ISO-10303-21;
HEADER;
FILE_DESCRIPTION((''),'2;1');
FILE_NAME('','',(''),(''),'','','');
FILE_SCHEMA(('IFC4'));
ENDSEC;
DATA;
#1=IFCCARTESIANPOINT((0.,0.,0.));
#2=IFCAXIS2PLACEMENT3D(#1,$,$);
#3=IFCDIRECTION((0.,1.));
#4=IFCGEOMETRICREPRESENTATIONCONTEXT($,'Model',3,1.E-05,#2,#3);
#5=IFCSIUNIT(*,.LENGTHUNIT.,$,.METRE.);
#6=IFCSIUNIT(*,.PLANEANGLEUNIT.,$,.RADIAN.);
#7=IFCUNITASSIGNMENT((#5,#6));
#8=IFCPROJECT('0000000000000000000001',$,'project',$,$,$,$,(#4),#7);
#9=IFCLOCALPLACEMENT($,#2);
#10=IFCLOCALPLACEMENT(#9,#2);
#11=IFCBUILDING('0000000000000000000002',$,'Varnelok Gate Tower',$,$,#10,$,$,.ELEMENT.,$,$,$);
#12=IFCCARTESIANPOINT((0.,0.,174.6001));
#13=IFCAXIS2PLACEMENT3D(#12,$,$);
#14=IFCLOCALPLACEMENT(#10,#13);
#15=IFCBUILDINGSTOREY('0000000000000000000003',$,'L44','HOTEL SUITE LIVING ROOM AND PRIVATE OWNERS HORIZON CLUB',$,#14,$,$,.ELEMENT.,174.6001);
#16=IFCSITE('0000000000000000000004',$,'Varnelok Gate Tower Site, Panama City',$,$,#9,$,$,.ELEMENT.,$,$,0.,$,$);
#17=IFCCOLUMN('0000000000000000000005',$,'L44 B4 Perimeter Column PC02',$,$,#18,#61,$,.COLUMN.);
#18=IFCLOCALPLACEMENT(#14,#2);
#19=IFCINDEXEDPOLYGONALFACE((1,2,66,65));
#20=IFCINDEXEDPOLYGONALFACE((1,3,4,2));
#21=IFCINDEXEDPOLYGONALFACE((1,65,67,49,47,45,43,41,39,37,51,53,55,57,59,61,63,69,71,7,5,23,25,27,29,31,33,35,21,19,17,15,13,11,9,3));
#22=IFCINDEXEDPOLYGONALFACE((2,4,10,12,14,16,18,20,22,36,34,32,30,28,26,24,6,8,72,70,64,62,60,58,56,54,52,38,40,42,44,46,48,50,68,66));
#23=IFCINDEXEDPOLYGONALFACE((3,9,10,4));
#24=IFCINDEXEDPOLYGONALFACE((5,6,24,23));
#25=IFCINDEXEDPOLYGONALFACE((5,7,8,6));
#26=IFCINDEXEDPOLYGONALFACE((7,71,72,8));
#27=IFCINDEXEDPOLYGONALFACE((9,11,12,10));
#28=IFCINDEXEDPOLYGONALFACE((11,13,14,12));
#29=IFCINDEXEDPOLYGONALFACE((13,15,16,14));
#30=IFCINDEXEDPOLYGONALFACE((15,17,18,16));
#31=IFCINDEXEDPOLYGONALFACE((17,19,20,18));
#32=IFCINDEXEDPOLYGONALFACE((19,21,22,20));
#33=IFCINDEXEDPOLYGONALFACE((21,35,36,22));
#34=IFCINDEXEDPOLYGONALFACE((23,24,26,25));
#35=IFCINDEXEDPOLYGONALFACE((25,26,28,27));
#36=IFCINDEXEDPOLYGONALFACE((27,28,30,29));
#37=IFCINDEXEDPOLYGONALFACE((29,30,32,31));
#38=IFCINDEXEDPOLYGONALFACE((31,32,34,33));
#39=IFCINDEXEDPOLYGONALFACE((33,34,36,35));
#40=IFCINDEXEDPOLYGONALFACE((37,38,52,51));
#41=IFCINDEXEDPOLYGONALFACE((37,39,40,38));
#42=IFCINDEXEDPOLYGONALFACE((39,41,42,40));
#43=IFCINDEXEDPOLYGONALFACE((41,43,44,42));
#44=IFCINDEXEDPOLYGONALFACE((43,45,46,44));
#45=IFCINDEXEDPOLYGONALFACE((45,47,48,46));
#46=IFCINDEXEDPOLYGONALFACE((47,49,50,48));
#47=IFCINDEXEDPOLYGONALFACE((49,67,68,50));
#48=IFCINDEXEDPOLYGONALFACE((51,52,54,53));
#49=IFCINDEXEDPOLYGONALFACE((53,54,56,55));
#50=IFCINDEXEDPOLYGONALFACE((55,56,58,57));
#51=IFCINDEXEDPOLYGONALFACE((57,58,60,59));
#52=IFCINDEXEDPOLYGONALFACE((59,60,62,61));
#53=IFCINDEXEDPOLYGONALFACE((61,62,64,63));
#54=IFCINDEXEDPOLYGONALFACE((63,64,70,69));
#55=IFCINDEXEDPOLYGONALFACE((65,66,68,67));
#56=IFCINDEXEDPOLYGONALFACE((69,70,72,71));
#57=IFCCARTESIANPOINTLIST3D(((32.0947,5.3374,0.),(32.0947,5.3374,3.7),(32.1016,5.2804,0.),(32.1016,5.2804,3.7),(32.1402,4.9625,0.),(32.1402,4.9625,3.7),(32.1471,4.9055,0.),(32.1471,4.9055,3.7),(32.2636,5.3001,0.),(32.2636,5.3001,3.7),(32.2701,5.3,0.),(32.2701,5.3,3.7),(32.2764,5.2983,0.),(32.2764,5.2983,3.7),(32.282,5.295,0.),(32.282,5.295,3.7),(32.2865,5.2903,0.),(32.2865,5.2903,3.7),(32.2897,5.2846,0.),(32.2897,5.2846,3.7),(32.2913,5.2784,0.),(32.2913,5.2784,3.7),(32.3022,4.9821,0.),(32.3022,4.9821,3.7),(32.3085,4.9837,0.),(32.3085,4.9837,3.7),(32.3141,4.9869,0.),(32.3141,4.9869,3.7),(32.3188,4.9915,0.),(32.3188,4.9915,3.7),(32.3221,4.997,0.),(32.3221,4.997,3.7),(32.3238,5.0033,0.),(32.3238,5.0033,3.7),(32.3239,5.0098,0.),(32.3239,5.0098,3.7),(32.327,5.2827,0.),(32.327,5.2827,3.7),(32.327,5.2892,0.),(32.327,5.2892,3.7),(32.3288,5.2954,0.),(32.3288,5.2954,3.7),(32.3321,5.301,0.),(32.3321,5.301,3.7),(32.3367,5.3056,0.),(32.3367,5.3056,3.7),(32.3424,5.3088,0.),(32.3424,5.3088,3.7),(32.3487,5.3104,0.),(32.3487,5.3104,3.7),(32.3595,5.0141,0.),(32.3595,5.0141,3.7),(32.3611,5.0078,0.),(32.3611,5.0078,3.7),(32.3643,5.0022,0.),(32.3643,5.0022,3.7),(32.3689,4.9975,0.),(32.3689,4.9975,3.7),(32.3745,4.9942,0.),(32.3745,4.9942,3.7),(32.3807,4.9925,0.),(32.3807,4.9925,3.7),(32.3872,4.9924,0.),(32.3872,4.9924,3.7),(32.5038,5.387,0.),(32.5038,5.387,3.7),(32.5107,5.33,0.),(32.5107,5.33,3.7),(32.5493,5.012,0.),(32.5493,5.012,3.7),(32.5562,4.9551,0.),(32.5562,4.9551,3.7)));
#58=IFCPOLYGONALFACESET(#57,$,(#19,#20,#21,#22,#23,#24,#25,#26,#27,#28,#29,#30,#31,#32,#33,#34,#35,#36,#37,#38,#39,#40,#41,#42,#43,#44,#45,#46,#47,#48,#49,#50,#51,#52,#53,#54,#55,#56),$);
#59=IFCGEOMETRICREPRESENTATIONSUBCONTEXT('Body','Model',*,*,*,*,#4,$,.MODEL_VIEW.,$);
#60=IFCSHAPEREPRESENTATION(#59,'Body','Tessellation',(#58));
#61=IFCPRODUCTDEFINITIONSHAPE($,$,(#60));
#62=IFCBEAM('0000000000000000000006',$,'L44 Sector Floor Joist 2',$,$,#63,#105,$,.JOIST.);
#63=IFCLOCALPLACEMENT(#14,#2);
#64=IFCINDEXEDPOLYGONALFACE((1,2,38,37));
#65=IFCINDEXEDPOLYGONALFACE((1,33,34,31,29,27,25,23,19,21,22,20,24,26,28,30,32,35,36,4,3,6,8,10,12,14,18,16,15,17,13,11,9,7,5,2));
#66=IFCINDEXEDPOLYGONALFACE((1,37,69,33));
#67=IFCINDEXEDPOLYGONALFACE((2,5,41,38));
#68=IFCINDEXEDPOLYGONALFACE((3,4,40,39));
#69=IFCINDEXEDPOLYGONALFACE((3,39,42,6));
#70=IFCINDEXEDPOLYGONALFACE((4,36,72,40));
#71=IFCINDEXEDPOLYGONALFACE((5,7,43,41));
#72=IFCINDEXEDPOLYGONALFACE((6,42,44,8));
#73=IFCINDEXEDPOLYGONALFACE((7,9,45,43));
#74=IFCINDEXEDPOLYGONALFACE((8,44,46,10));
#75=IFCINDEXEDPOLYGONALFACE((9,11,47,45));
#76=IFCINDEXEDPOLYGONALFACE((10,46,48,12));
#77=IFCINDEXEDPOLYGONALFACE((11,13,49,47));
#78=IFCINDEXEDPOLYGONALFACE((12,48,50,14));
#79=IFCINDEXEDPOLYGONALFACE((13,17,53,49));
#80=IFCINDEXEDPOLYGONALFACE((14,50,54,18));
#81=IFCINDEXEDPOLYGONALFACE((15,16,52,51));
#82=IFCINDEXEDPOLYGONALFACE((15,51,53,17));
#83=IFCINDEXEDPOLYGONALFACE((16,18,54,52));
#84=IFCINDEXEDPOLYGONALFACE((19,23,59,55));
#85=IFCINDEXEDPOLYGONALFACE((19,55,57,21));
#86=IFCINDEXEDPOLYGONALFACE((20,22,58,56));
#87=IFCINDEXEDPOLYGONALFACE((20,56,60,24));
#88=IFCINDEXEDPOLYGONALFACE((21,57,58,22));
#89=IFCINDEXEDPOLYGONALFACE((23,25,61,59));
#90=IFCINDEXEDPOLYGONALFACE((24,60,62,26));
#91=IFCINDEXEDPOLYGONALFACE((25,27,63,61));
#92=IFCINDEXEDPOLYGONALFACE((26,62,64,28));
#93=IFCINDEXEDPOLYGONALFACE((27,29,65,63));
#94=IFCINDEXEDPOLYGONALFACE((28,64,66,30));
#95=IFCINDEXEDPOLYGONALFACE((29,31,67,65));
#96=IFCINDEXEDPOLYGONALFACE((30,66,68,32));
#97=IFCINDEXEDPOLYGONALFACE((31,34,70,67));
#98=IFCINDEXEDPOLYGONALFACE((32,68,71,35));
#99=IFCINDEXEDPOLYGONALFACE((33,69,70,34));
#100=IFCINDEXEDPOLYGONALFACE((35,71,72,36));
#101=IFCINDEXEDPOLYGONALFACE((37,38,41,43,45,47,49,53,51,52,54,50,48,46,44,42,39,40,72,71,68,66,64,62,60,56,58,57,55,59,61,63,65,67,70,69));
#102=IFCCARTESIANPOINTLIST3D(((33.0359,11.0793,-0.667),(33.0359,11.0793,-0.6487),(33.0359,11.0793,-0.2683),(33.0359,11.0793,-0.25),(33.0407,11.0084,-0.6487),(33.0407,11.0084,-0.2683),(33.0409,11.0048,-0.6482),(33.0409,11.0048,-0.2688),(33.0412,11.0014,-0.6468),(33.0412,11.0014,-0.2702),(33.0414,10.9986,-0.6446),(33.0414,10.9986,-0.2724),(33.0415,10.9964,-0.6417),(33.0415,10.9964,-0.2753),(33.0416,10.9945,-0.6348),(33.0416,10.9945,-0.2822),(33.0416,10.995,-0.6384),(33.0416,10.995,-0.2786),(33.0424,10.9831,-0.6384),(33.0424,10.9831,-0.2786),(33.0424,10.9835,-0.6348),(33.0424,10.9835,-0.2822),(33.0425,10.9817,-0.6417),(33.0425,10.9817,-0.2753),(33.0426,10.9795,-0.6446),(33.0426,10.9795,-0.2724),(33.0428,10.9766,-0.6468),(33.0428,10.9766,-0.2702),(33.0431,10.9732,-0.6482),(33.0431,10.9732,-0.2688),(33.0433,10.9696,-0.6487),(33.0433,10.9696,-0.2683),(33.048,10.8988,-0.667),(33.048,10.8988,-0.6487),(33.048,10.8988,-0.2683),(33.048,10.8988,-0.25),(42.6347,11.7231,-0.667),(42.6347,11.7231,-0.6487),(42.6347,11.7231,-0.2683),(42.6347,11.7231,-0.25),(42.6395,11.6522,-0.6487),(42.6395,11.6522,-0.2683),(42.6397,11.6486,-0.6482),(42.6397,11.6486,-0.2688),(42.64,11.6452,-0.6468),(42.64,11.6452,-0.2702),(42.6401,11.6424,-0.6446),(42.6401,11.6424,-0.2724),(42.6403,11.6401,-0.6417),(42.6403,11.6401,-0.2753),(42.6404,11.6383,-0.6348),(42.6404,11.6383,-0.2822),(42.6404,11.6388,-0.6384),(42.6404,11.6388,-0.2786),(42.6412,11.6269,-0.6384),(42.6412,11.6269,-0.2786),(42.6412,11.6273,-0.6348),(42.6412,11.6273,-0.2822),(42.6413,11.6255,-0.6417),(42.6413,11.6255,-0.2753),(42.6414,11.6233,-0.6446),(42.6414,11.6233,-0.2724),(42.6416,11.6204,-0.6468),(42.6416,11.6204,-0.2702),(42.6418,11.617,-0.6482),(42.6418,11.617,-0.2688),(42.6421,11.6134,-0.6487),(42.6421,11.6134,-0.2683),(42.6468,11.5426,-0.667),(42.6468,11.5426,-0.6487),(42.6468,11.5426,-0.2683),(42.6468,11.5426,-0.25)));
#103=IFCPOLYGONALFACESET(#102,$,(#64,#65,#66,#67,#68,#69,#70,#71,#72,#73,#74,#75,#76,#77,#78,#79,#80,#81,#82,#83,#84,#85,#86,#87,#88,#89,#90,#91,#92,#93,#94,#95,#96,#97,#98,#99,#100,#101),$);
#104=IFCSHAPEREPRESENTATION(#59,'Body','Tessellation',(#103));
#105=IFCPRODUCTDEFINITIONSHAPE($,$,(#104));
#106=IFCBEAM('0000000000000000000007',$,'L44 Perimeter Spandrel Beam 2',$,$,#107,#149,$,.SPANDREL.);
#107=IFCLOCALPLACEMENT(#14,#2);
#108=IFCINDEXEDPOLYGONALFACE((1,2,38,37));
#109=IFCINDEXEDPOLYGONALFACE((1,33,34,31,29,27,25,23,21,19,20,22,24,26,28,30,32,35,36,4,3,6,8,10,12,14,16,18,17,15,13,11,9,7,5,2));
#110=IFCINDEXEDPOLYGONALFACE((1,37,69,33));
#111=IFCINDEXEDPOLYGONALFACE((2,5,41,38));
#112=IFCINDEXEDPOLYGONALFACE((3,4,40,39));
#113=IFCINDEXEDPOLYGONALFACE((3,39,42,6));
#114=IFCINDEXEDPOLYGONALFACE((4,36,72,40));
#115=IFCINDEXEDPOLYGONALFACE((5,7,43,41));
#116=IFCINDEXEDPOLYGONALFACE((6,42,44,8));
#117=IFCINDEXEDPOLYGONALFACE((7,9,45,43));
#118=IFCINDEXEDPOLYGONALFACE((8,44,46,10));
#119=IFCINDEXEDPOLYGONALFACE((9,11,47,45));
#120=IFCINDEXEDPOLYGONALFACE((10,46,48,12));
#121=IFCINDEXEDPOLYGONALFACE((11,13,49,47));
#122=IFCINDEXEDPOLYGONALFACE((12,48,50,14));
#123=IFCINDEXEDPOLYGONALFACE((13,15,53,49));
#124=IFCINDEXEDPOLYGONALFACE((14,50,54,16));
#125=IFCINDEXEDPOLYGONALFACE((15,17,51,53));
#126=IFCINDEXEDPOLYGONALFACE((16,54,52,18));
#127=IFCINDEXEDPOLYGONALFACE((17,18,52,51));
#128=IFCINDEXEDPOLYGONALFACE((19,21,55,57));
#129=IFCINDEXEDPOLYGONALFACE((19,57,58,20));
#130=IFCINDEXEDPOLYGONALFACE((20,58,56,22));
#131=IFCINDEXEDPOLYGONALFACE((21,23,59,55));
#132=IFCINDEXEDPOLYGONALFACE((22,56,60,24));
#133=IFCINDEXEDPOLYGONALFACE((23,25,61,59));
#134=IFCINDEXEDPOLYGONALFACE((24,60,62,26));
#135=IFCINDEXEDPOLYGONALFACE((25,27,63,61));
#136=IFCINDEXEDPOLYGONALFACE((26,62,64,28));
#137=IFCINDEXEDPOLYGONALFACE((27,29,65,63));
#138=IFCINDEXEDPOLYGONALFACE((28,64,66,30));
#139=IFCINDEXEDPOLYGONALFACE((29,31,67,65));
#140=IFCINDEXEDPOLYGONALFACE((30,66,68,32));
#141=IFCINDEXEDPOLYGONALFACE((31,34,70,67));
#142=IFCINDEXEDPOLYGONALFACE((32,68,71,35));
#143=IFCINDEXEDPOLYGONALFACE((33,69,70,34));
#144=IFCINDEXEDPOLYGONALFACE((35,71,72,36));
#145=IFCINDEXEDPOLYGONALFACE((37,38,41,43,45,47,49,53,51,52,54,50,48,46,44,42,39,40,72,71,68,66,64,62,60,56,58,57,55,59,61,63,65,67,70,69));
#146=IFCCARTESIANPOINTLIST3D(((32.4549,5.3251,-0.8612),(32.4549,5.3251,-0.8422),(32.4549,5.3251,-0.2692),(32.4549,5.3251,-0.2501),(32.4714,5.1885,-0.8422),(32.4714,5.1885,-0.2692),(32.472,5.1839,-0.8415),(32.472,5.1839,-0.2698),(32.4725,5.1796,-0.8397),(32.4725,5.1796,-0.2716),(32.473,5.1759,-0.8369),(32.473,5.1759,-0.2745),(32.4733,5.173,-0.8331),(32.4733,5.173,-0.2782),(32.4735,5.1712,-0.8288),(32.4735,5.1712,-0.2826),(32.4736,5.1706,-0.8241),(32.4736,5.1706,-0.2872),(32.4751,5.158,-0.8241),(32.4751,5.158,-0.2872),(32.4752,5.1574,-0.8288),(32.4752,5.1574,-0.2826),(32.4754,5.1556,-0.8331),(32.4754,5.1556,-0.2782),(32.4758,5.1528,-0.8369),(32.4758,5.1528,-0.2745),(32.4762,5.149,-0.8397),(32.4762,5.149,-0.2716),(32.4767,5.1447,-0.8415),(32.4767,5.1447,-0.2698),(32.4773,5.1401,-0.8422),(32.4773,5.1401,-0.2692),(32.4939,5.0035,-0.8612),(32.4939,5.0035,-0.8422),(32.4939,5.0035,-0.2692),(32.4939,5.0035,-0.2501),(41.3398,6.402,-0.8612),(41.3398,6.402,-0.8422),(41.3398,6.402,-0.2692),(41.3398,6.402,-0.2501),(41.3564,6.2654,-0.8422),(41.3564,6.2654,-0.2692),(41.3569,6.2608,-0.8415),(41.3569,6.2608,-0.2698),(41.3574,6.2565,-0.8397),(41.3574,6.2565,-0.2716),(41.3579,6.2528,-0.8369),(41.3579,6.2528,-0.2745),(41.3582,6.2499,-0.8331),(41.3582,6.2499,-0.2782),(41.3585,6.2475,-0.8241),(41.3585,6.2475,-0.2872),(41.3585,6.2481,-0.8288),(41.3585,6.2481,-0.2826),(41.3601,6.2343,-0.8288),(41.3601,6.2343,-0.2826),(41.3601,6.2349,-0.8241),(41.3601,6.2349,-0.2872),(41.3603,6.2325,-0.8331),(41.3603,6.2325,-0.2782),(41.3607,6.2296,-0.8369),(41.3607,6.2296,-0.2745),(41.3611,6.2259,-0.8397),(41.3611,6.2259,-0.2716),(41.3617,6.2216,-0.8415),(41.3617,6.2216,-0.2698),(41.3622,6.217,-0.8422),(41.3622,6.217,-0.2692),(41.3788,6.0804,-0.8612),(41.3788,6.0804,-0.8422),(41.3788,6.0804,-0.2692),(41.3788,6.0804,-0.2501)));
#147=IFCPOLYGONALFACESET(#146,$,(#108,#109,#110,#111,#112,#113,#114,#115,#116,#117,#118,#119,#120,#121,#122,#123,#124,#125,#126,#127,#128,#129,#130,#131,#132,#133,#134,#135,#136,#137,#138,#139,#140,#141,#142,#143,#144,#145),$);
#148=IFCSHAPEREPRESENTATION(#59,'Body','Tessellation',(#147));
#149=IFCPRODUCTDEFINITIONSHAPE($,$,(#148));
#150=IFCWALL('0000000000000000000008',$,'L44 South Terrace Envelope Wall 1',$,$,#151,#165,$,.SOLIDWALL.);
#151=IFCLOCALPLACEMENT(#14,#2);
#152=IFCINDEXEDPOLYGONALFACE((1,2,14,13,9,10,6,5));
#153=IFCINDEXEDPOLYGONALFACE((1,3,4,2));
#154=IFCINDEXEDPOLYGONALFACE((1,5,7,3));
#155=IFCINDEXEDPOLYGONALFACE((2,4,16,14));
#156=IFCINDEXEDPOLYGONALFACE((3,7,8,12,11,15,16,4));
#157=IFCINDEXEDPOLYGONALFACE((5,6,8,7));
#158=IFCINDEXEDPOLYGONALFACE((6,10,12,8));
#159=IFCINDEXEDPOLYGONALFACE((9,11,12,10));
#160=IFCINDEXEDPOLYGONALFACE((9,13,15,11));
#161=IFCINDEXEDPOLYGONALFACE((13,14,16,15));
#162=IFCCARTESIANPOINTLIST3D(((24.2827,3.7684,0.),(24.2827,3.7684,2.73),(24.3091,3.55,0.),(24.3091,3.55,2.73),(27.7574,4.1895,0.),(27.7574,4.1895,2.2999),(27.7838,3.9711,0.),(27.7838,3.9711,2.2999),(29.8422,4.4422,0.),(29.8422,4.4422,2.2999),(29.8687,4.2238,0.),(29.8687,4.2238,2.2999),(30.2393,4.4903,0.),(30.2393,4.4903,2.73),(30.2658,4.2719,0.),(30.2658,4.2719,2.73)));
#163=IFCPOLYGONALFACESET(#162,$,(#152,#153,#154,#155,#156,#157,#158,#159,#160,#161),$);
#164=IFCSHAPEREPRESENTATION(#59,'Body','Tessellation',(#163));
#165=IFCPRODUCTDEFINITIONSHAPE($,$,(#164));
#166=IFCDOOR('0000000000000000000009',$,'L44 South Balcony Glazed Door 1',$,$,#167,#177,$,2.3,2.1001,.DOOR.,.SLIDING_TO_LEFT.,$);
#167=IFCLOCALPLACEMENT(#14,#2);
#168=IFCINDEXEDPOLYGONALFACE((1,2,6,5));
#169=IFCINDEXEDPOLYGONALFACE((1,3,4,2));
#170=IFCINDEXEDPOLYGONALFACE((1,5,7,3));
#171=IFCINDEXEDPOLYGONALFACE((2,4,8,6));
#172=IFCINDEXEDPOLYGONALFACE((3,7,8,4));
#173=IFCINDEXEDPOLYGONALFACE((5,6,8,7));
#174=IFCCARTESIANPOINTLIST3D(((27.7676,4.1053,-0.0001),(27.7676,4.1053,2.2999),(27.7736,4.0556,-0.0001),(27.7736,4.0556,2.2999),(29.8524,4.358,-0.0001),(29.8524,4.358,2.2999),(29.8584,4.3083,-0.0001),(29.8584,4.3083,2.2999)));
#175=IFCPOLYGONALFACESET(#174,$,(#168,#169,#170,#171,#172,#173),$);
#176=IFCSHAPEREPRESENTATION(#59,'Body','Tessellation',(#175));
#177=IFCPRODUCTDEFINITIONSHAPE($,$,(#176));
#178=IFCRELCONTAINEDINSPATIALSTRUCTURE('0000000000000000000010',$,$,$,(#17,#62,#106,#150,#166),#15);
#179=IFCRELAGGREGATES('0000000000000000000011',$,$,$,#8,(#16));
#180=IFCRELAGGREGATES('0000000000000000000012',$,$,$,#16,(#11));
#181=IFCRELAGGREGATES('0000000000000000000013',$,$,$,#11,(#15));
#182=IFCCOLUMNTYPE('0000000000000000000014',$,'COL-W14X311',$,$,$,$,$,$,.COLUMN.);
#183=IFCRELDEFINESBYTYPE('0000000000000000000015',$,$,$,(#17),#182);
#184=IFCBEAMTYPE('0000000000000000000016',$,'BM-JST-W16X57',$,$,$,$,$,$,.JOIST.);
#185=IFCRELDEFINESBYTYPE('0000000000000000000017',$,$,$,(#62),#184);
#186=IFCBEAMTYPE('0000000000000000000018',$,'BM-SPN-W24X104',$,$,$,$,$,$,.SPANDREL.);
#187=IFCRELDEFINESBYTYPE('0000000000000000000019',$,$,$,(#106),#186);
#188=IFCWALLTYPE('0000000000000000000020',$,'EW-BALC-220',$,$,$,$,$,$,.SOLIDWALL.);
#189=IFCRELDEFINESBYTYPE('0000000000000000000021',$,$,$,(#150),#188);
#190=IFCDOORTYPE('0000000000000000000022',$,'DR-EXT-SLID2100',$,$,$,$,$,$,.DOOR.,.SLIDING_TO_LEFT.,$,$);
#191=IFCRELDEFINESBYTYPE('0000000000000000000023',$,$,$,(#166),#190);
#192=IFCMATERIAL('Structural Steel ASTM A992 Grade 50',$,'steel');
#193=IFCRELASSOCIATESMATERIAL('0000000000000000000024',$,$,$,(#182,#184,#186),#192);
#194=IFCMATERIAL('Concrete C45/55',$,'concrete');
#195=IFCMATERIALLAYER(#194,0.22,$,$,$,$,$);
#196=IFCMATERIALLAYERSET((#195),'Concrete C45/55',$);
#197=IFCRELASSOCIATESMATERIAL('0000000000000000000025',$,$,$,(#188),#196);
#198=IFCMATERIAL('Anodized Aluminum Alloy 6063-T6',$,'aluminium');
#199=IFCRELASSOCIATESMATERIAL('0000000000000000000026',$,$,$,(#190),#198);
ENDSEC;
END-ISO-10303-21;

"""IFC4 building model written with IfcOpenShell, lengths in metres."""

from ifc_helpers import new_model, si_unit, direction, frame, frame_2d, origin, origin_2d, place, context, subcontext, project, spatial, rectangle, i_section, extrude, material, layer, layer_set, material_profile, profile_set, type_object, element, fill, save


model = new_model("IFC4")

# Units and contexts
model_context = context("Model", 3, precision=1e-05, world=origin(), true_north=direction((0.0, 1.0)))
body_context = subcontext(model_context, "Body", "Model", "MODEL_VIEW")
ifc_project = project(units=[si_unit("LENGTHUNIT", "METRE"), si_unit("PLANEANGLEUNIT", "RADIAN")], contexts=[model_context])

# Site, building, storey
site_placement = place(None, origin())
site = spatial("IfcSite", under=ifc_project, at=site_placement, Name="Varnelok Gate Tower Site, Panama City", CompositionType="ELEMENT", RefElevation=0.0)
building_placement = place(site_placement, origin())
building = spatial("IfcBuilding", under=site, at=building_placement, Name="Varnelok Gate Tower", CompositionType="ELEMENT")
storey_placement = place(building_placement, frame((0.0, 0.0, 174.6001)))
storey = spatial("IfcBuildingStorey", under=building, at=storey_placement, Name="L44", Description="HOTEL SUITE LIVING ROOM AND PRIVATE OWNERS HORIZON CLUB", CompositionType="ELEMENT", Elevation=174.6001)

# Column
ifc_material_1 = material(Name="Structural Steel ASTM A992 Grade 50", Category="steel")
ifc_material_profile_1 = material_profile(ifc_material_1, i_section(OverallWidth=0.4121, OverallDepth=0.4351, WebThickness=0.0359, FlangeThickness=0.0574, FilletRadius=0.0249, at=origin_2d()), Name="W14X311")
ifc_profile_set_1 = profile_set([ifc_material_profile_1], Name="Structural Steel ASTM A992 Grade 50")
column_type = type_object("IfcColumnType", Name="COL-W14X311", PredefinedType="COLUMN", material=ifc_profile_set_1)
column_placement = place(storey_placement, frame((32.3254, 5.1462, 0.0), z_axis=(0.0, 0.0, 1.0), x_axis=(0.992732, 0.120345, 0.0)))
element("IfcColumn", 1, at=column_placement, inside=storey, type_object=column_type, Name="L44 B4 Perimeter Column PC02", PredefinedType="COLUMN", context=body_context, shape_type="SweptSolid", body=[
    extrude(i_section(OverallWidth=0.4121, OverallDepth=0.4351, WebThickness=0.0359, FlangeThickness=0.0574, FilletRadius=0.0249, at=origin_2d()), origin(), (0.0, 0.0, 1.0), 3.7),
])

# Beams
ifc_material_profile_2 = material_profile(ifc_material_1, i_section(OverallWidth=0.1809, OverallDepth=0.417, WebThickness=0.011, FlangeThickness=0.0183, FilletRadius=0.0139, at=origin_2d()), Name="W16X57")
ifc_profile_set_2 = profile_set([ifc_material_profile_2], Name="Structural Steel ASTM A992 Grade 50")
beam_type_1 = type_object("IfcBeamType", Name="BM-JST-W16X57", PredefinedType="JOIST", material=ifc_profile_set_2)
beam_1_placement = place(storey_placement, frame((33.042, 10.989, -0.4585), z_axis=(0.997758, 0.06692, 0.0), x_axis=(-0.06692, 0.997758, 0.0)))
element("IfcBeam", 2, at=beam_1_placement, inside=storey, type_object=beam_type_1, Name="L44 Sector Floor Joist 2", PredefinedType="JOIST", context=body_context, shape_type="SweptSolid", body=[
    extrude(i_section(OverallWidth=0.1809, OverallDepth=0.417, WebThickness=0.011, FlangeThickness=0.0183, FilletRadius=0.0139, at=origin_2d()), origin(), (0.0, 0.0, 1.0), 9.6204),
])
ifc_material_profile_3 = material_profile(ifc_material_1, i_section(OverallWidth=0.324, OverallDepth=0.6111, WebThickness=0.0127, FlangeThickness=0.019, FilletRadius=0.0181, at=origin_2d()), Name="W24X104")
ifc_profile_set_3 = profile_set([ifc_material_profile_3], Name="Structural Steel ASTM A992 Grade 50")
beam_type_2 = type_object("IfcBeamType", Name="BM-SPN-W24X104", PredefinedType="SPANDREL", material=ifc_profile_set_3)
beam_2_placement = place(storey_placement, frame((32.4744, 5.1643, -0.5557), z_axis=(0.992735, 0.120324, 0.0), x_axis=(-0.120324, 0.992735, 0.0)))
element("IfcBeam", 3, at=beam_2_placement, inside=storey, type_object=beam_type_2, Name="L44 Perimeter Spandrel Beam 2", PredefinedType="SPANDREL", context=body_context, shape_type="SweptSolid", body=[
    extrude(i_section(OverallWidth=0.324, OverallDepth=0.6111, WebThickness=0.0127, FlangeThickness=0.019, FilletRadius=0.0181, at=origin_2d()), origin(), (0.0, 0.0, 1.0), 8.95),
])

# Wall, opening, door
ifc_material_2 = material(Name="Concrete C45/55", Category="concrete")
ifc_layer_1 = layer(ifc_material_2, 0.22)
ifc_layer_set_1 = layer_set([ifc_layer_1], Name="Concrete C45/55")
wall_type_1 = type_object("IfcWallType", Name="EW-BALC-220", PredefinedType="SOLIDWALL", material=ifc_layer_set_1)
wall_1_placement = place(storey_placement, frame((30.2524, 4.3811, 0.0), z_axis=(0.0, 0.0, 1.0), x_axis=(-0.992735, -0.120318, 0.0)))
wall_1 = element("IfcWall", 4, at=wall_1_placement, inside=storey, type_object=wall_type_1, Name="L44 South Terrace Envelope Wall 1", PredefinedType="SOLIDWALL", context=body_context, shape_type="SweptSolid", body=[
    extrude(rectangle(XDim=6.0002, YDim=0.22, at=frame_2d((3.0, 0.0))), origin(), (0.0, 0.0, 1.0), 2.73),
])
opening_1_placement = place(wall_1_placement, frame((0.3999, 0.0, 0.0)))
opening_1 = element("IfcOpeningElement", 5, at=opening_1_placement, cuts=wall_1, PredefinedType="OPENING", context=body_context, shape_type="SweptSolid", body=[
    extrude(rectangle(XDim=2.1001, YDim=2.3, at=frame_2d((1.05, 1.1499))), frame((0.0, 0.1199, 0.0), z_axis=(0.0, -1.0, 0.0), x_axis=(1.0, 0.0, 0.0)), (0.0, 0.0, 1.0), 0.24),
])
ifc_material_3 = material(Name="Anodized Aluminum Alloy 6063-T6", Category="aluminium")
door_type_1 = type_object("IfcDoorType", Name="DR-EXT-SLID2100", OperationType="SLIDING_TO_LEFT", PredefinedType="DOOR", material=ifc_material_3)
door_1_placement = place(opening_1_placement, origin())
door_1 = element("IfcDoor", 6, at=door_1_placement, inside=storey, type_object=door_type_1, Name="L44 South Balcony Glazed Door 1", OperationType="SLIDING_TO_LEFT", OverallHeight=2.3, OverallWidth=2.1001, PredefinedType="DOOR", context=body_context, shape_type="SweptSolid", body=[
    extrude(rectangle(XDim=2.1001, YDim=2.3, at=frame_2d((1.05, 1.1499))), frame((0.0, 0.0249, 0.0), z_axis=(0.0, -1.0, 0.0), x_axis=(1.0, 0.0, 0.0)), (0.0, 0.0, 1.0), 0.05),
])
fill(opening_1, door_1)

save(model, "model.ifc")
